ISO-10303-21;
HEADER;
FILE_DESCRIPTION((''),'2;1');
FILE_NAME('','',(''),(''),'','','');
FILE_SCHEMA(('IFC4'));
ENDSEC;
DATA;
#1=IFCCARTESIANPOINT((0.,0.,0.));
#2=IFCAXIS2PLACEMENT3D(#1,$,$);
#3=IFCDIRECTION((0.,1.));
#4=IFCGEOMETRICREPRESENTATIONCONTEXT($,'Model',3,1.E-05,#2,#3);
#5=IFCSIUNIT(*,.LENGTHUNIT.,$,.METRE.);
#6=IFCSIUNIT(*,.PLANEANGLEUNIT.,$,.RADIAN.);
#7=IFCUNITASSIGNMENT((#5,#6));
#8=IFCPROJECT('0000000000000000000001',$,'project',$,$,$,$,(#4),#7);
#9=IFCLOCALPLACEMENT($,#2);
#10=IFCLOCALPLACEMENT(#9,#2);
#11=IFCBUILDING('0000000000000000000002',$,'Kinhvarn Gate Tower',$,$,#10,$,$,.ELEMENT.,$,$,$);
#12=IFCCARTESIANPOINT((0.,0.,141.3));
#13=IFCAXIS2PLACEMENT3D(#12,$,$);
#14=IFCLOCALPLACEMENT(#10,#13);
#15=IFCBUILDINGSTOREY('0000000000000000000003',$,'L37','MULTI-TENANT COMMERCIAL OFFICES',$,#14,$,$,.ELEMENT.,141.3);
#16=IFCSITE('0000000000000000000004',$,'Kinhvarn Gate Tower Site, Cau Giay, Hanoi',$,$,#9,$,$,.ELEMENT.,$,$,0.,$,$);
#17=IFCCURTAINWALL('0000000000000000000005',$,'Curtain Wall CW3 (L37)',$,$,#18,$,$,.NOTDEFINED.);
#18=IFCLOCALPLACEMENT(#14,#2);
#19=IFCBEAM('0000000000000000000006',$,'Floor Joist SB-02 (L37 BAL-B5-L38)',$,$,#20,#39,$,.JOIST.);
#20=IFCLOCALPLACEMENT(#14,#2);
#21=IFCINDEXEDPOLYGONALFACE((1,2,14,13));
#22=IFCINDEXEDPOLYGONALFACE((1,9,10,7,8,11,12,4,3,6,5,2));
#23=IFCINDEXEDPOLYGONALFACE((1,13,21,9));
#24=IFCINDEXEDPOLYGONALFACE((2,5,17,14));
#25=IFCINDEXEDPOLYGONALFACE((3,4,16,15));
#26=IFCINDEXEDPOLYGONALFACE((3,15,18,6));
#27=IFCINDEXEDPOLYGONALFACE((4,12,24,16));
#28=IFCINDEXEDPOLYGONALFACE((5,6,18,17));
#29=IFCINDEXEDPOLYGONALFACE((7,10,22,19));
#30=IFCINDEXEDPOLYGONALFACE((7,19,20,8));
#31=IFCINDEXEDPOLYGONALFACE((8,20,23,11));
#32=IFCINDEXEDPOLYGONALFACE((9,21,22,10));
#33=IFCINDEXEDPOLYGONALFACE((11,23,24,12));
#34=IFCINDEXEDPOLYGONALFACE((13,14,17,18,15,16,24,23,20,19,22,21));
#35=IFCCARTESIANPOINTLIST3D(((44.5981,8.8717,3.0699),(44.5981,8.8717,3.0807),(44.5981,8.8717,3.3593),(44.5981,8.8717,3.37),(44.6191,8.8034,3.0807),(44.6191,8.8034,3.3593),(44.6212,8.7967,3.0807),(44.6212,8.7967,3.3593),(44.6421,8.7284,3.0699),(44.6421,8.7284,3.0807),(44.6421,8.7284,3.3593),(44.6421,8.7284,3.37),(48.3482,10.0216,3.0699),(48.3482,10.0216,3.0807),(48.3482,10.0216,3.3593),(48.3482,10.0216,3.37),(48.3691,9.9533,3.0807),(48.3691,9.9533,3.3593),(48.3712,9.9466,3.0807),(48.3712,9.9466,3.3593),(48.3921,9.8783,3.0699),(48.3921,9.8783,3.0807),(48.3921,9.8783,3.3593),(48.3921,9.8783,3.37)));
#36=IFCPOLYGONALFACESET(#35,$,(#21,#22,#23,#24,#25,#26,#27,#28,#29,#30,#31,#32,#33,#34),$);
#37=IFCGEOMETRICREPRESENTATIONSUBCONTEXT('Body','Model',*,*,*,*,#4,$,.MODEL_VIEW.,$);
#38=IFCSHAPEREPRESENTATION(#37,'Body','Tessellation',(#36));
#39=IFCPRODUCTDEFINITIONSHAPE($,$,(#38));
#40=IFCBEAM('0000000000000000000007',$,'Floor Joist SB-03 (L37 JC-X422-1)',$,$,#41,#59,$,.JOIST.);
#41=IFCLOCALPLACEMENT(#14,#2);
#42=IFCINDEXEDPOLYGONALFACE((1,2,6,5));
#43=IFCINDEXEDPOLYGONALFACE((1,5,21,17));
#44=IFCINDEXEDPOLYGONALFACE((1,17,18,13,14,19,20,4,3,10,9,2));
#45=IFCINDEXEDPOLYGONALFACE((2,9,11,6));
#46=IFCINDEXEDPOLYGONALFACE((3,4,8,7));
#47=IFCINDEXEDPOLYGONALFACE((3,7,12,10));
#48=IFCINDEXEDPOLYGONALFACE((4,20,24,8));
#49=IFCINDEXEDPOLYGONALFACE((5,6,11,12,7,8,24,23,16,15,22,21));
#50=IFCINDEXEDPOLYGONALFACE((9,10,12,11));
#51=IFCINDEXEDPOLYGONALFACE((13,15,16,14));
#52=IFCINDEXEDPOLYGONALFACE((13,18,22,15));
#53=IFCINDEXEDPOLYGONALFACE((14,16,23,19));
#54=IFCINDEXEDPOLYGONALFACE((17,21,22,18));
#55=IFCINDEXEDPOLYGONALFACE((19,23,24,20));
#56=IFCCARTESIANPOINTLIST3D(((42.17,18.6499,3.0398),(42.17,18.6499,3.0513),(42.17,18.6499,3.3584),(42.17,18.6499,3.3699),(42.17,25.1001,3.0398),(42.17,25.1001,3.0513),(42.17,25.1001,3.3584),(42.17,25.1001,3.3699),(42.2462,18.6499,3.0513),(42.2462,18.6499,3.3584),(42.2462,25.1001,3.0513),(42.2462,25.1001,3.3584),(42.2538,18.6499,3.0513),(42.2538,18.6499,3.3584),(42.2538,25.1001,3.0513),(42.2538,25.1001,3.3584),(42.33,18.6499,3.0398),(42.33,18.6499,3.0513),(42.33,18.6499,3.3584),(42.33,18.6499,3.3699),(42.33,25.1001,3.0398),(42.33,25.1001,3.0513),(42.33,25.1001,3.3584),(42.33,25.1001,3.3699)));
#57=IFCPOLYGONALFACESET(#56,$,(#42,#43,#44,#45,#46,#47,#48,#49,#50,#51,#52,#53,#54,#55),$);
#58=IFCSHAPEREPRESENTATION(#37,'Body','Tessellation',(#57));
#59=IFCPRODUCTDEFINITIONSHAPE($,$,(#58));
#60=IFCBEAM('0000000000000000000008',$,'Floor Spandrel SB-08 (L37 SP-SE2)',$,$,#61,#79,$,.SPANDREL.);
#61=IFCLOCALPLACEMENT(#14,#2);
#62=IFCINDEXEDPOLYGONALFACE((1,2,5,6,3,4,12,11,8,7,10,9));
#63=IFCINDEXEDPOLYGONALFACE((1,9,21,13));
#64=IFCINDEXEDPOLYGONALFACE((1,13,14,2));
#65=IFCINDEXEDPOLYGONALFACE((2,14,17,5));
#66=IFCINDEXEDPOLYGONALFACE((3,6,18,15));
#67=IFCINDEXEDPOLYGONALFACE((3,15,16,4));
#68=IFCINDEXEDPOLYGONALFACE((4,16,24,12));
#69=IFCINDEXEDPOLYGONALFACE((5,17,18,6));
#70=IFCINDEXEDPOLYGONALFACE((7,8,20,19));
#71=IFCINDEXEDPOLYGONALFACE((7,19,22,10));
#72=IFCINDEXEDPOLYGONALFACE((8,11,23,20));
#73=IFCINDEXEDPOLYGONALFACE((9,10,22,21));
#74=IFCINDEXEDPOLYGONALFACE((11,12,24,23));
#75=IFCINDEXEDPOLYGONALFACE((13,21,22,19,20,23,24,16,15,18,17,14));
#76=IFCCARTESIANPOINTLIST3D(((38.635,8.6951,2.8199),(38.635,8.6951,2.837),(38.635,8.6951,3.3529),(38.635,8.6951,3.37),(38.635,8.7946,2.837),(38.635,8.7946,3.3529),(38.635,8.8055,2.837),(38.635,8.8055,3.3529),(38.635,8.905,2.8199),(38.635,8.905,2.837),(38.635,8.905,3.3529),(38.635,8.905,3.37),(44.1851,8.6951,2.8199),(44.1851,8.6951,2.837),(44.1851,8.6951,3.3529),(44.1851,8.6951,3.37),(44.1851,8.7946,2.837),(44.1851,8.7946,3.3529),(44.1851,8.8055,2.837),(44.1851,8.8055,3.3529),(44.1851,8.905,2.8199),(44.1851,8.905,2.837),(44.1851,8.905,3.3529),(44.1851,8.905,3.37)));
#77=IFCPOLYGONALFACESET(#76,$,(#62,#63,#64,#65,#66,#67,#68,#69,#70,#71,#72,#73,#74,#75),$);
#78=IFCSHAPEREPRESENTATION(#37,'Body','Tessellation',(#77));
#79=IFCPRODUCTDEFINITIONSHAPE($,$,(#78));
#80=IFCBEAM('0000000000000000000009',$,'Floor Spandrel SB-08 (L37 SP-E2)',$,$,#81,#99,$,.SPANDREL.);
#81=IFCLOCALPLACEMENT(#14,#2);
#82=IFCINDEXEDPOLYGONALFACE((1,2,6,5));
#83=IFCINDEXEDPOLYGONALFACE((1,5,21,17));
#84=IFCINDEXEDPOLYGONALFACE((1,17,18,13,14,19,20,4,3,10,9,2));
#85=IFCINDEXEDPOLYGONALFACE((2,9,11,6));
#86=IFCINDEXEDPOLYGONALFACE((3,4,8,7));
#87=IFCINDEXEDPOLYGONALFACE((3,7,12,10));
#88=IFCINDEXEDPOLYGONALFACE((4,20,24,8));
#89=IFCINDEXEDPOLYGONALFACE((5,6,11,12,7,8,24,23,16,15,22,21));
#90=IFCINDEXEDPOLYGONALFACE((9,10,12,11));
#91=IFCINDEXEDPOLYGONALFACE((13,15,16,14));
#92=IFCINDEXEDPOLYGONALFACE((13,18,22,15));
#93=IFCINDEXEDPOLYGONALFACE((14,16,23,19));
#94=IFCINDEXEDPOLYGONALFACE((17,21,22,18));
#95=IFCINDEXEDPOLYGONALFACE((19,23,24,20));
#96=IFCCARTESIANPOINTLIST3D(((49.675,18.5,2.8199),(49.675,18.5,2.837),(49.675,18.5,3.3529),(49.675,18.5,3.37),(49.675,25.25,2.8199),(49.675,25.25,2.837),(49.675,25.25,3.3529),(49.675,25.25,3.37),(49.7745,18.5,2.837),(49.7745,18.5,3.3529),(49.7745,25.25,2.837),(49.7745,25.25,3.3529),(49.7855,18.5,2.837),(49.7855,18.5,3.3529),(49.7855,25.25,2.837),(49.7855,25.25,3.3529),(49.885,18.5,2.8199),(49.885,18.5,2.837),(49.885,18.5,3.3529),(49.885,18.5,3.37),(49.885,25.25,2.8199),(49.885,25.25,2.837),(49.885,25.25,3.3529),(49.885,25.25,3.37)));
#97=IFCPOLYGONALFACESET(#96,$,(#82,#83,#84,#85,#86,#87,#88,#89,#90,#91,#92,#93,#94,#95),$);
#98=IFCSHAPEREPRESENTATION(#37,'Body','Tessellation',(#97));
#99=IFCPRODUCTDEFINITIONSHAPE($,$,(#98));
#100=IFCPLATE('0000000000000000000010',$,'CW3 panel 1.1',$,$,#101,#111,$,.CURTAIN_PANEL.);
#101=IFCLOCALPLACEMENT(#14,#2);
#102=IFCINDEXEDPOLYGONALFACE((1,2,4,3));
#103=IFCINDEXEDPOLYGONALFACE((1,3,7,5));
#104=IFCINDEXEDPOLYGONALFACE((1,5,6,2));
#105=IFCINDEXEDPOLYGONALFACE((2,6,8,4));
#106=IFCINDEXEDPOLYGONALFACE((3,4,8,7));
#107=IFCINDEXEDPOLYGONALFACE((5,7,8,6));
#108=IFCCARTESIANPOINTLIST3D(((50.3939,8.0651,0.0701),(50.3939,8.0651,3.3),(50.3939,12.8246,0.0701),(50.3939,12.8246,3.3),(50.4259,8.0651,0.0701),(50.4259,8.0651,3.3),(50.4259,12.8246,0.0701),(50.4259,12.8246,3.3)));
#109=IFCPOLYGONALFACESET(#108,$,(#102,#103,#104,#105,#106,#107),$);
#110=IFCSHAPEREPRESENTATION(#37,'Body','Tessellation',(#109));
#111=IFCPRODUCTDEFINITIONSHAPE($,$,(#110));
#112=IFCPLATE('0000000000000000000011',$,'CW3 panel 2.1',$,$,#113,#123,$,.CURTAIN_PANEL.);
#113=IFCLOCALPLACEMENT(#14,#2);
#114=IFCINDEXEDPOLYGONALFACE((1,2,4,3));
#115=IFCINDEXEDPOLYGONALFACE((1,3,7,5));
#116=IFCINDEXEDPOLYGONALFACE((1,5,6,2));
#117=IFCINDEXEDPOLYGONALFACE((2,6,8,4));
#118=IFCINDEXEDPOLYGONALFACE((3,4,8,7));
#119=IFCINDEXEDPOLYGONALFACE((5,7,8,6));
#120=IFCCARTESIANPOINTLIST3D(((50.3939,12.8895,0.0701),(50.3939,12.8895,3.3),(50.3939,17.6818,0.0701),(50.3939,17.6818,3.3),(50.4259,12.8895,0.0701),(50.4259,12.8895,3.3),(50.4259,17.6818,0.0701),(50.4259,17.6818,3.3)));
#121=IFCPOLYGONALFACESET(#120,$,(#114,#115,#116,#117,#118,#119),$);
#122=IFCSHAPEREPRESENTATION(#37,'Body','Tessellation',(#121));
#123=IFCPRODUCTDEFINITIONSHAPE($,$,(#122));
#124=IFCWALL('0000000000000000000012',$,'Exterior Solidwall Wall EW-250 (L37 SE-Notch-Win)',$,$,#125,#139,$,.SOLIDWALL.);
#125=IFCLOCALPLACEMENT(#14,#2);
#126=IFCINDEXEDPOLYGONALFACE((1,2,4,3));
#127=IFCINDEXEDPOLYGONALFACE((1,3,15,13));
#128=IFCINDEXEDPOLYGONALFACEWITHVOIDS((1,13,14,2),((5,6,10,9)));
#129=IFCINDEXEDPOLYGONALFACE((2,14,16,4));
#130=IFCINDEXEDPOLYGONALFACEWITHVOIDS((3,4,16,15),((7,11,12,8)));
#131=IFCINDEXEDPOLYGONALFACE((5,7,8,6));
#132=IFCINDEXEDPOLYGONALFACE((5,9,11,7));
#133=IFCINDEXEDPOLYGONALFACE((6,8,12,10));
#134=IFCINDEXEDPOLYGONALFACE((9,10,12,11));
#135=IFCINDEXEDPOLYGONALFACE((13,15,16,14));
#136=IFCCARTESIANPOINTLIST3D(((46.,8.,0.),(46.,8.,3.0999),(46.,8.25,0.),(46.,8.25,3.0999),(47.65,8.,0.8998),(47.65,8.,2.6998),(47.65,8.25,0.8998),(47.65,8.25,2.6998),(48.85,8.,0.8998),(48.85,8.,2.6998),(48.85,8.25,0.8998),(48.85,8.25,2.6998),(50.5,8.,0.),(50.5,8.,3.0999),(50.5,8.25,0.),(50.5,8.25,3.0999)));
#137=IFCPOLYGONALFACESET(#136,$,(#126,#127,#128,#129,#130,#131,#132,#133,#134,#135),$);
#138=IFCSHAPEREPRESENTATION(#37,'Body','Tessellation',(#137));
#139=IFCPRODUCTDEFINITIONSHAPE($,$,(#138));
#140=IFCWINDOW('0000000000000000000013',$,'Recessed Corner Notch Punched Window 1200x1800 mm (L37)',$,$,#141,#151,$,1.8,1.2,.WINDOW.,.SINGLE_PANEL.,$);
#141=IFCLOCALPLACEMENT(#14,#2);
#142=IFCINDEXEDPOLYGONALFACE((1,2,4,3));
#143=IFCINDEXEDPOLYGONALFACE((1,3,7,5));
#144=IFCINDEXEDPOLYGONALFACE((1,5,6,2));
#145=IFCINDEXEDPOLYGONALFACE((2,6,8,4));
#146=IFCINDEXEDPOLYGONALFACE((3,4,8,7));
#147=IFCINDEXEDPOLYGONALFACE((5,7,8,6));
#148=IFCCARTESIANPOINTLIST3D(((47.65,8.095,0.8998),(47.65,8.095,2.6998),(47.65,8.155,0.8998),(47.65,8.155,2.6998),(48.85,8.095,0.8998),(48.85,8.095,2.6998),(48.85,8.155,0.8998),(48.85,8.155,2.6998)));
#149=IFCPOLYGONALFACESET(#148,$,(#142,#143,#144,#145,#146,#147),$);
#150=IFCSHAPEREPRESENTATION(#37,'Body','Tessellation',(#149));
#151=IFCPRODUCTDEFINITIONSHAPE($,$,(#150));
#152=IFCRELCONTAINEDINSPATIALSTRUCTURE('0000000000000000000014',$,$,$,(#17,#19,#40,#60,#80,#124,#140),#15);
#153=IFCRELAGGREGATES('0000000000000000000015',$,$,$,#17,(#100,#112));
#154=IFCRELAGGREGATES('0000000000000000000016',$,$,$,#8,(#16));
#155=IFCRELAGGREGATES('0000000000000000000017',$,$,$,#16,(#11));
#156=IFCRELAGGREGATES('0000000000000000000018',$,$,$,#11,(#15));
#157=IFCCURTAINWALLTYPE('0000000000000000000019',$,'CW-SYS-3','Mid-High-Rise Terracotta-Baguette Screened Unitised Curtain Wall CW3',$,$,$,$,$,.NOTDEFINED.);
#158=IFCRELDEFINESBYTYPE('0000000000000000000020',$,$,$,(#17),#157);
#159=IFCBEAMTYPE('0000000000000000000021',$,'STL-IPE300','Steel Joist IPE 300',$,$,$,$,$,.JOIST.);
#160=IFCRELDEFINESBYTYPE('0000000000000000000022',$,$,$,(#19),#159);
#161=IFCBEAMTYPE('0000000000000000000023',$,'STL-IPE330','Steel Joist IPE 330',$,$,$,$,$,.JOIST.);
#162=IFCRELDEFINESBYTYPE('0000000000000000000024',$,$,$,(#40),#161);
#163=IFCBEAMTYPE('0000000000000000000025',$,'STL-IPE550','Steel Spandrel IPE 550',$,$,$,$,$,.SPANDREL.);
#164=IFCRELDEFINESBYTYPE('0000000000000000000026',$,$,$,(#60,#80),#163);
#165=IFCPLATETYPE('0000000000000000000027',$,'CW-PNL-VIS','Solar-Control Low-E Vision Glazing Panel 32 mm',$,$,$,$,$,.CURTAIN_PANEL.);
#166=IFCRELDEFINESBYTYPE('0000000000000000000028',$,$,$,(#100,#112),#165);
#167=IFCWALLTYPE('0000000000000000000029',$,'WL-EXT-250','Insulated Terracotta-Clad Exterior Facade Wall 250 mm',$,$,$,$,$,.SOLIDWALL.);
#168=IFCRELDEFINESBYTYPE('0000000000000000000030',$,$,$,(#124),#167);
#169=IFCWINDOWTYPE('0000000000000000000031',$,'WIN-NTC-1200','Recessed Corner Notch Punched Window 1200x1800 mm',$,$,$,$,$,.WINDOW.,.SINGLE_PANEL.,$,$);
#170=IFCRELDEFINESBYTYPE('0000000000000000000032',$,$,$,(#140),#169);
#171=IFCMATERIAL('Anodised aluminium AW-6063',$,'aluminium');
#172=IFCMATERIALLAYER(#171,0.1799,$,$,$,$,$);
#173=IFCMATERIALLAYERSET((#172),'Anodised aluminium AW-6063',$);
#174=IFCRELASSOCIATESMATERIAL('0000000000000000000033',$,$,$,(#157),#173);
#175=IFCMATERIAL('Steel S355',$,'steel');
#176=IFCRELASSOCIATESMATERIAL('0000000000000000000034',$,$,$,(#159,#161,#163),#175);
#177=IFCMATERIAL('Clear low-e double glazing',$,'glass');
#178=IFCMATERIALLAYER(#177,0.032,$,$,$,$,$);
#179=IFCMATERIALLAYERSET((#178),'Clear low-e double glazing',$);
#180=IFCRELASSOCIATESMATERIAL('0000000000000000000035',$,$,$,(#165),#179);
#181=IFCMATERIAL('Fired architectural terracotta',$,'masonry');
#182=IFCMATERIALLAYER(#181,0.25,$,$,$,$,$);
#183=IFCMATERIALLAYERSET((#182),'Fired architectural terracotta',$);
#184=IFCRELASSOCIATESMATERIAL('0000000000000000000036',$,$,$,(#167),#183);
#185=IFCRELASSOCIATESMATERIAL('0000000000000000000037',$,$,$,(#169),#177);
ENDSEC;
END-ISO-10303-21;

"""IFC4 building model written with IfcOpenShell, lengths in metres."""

from ifc_helpers import new_model, si_unit, direction, frame, frame_2d, origin, origin_2d, place, context, subcontext, project, spatial, rectangle, i_section, extrude, material, layer, layer_set, material_profile, profile_set, type_object, element, fill, aggregate, save


model = new_model("IFC4")

# Units and contexts
model_context = context("Model", 3, precision=1e-05, world=origin(), true_north=direction((0.0, 1.0)))
body_context = subcontext(model_context, "Body", "Model", "MODEL_VIEW")
ifc_project = project(units=[si_unit("LENGTHUNIT", "METRE"), si_unit("PLANEANGLEUNIT", "RADIAN")], contexts=[model_context])

# Site, building, storey
site_placement = place(None, origin())
site = spatial("IfcSite", under=ifc_project, at=site_placement, Name="Kinhvarn Gate Tower Site, Cau Giay, Hanoi", CompositionType="ELEMENT", RefElevation=0.0)
building_placement = place(site_placement, origin())
building = spatial("IfcBuilding", under=site, at=building_placement, Name="Kinhvarn Gate Tower", CompositionType="ELEMENT")
storey_placement = place(building_placement, frame((0.0, 0.0, 141.3)))
storey = spatial("IfcBuildingStorey", under=building, at=storey_placement, Name="L37", Description="MULTI-TENANT COMMERCIAL OFFICES", CompositionType="ELEMENT", Elevation=141.3)

# Curtain wall
ifc_material_1 = material(Name="Anodised aluminium AW-6063", Category="aluminium")
ifc_layer_1 = layer(ifc_material_1, 0.1799)
ifc_layer_set_1 = layer_set([ifc_layer_1], Name="Anodised aluminium AW-6063")
curtain_wall_type = type_object("IfcCurtainWallType", Name="CW-SYS-3", Description="Mid-High-Rise Terracotta-Baguette Screened Unitised Curtain Wall CW3", PredefinedType="NOTDEFINED", material=ifc_layer_set_1)
curtain_wall_placement = place(storey_placement, origin())
curtain_wall = element("IfcCurtainWall", 1, at=curtain_wall_placement, inside=storey, type_object=curtain_wall_type, Name="Curtain Wall CW3 (L37)", PredefinedType="NOTDEFINED")

# Beams
ifc_material_2 = material(Name="Steel S355", Category="steel")
ifc_material_profile_1 = material_profile(ifc_material_2, i_section(OverallWidth=0.1499, OverallDepth=0.3, WebThickness=0.0071, FlangeThickness=0.0107, at=origin_2d()), Name="IPE 300")
ifc_profile_set_1 = profile_set([ifc_material_profile_1], Name="Steel S355")
beam_type_1 = type_object("IfcBeamType", Name="STL-IPE300", Description="Steel Joist IPE 300", PredefinedType="JOIST", material=ifc_profile_set_1)
beam_1_placement = place(storey_placement, frame((44.6201, 8.8, 3.22), z_axis=(0.956061, 0.293167, 0.0), x_axis=(-0.293167, 0.956061, 0.0)))
element("IfcBeam", 2, at=beam_1_placement, inside=storey, type_object=beam_type_1, Name="Floor Joist SB-02 (L37 BAL-B5-L38)", PredefinedType="JOIST", context=body_context, shape_type="SweptSolid", body=[
    extrude(i_section(OverallWidth=0.1499, OverallDepth=0.3, WebThickness=0.0071, FlangeThickness=0.0107, at=origin_2d()), origin(), (0.0, 0.0, 1.0), 3.9224),
])
ifc_material_profile_2 = material_profile(ifc_material_2, i_section(OverallWidth=0.1599, OverallDepth=0.3301, WebThickness=0.0076, FlangeThickness=0.0115, at=origin_2d()), Name="IPE 330")
ifc_profile_set_2 = profile_set([ifc_material_profile_2], Name="Steel S355")
beam_type_2 = type_object("IfcBeamType", Name="STL-IPE330", Description="Steel Joist IPE 330", PredefinedType="JOIST", material=ifc_profile_set_2)
beam_2_placement = place(storey_placement, frame((42.25, 18.6499, 3.2048), z_axis=(0.0, 1.0, 0.0), x_axis=(-1.0, 0.0, 0.0)))
element("IfcBeam", 3, at=beam_2_placement, inside=storey, type_object=beam_type_2, Name="Floor Joist SB-03 (L37 JC-X422-1)", PredefinedType="JOIST", context=body_context, shape_type="SweptSolid", body=[
    extrude(i_section(OverallWidth=0.1599, OverallDepth=0.3301, WebThickness=0.0076, FlangeThickness=0.0115, at=origin_2d()), origin(), (0.0, 0.0, 1.0), 6.4502),
])
ifc_material_profile_3 = material_profile(ifc_material_2, i_section(OverallWidth=0.21, OverallDepth=0.55, WebThickness=0.011, FlangeThickness=0.0171, at=origin_2d()), Name="IPE 550")
ifc_profile_set_3 = profile_set([ifc_material_profile_3], Name="Steel S355")
beam_type_3 = type_object("IfcBeamType", Name="STL-IPE550", Description="Steel Spandrel IPE 550", PredefinedType="SPANDREL", material=ifc_profile_set_3)
beam_3_placement = place(storey_placement, frame((38.635, 8.8, 3.095), z_axis=(1.0, 0.0, 0.0), x_axis=(0.0, 1.0, 0.0)))
element("IfcBeam", 4, at=beam_3_placement, inside=storey, type_object=beam_type_3, Name="Floor Spandrel SB-08 (L37 SP-SE2)", PredefinedType="SPANDREL", context=body_context, shape_type="SweptSolid", body=[
    extrude(i_section(OverallWidth=0.21, OverallDepth=0.55, WebThickness=0.011, FlangeThickness=0.0171, at=origin_2d()), origin(), (0.0, 0.0, 1.0), 5.55),
])
beam_4_placement = place(storey_placement, frame((49.78, 18.5, 3.095), z_axis=(0.0, 1.0, 0.0), x_axis=(-1.0, 0.0, 0.0)))
element("IfcBeam", 5, at=beam_4_placement, inside=storey, type_object=beam_type_3, Name="Floor Spandrel SB-08 (L37 SP-E2)", PredefinedType="SPANDREL", context=body_context, shape_type="SweptSolid", body=[
    extrude(i_section(OverallWidth=0.21, OverallDepth=0.55, WebThickness=0.011, FlangeThickness=0.0171, at=origin_2d()), origin(), (0.0, 0.0, 1.0), 6.75),
])

# Plates
ifc_material_3 = material(Name="Clear low-e double glazing", Category="glass")
ifc_layer_2 = layer(ifc_material_3, 0.032)
ifc_layer_set_2 = layer_set([ifc_layer_2], Name="Clear low-e double glazing")
plate_type = type_object("IfcPlateType", Name="CW-PNL-VIS", Description="Solar-Control Low-E Vision Glazing Panel 32 mm", PredefinedType="CURTAIN_PANEL", material=ifc_layer_set_2)
plate_1_placement = place(storey_placement, frame((50.4099, 10.4448, 0.0701), z_axis=(0.0, 0.0, 1.0), x_axis=(0.0, 1.0, 0.0)))
plate_1 = element("IfcPlate", 6, at=plate_1_placement, type_object=plate_type, Name="CW3 panel 1.1", PredefinedType="CURTAIN_PANEL", context=body_context, shape_type="SweptSolid", body=[
    extrude(rectangle(XDim=4.7595, YDim=0.032, at=origin_2d()), origin(), (0.0, 0.0, 1.0), 3.23),
])
plate_2_placement = place(storey_placement, frame((50.4099, 15.2856, 0.0701), z_axis=(0.0, 0.0, 1.0), x_axis=(0.0, 1.0, 0.0)))
plate_2 = element("IfcPlate", 7, at=plate_2_placement, type_object=plate_type, Name="CW3 panel 2.1", PredefinedType="CURTAIN_PANEL", context=body_context, shape_type="SweptSolid", body=[
    extrude(rectangle(XDim=4.7922, YDim=0.032, at=origin_2d()), origin(), (0.0, 0.0, 1.0), 3.23),
])
aggregate(curtain_wall, [plate_1, plate_2])

# Wall, opening, window
ifc_material_4 = material(Name="Fired architectural terracotta", Category="masonry")
ifc_layer_3 = layer(ifc_material_4, 0.25)
ifc_layer_set_3 = layer_set([ifc_layer_3], Name="Fired architectural terracotta")
wall_type = type_object("IfcWallType", Name="WL-EXT-250", Description="Insulated Terracotta-Clad Exterior Facade Wall 250 mm", PredefinedType="SOLIDWALL", material=ifc_layer_set_3)
wall_placement = place(storey_placement, frame((46.0, 8.125, 0.0), z_axis=(0.0, 0.0, 1.0), x_axis=(1.0, 0.0, 0.0)))
wall = element("IfcWall", 8, at=wall_placement, inside=storey, type_object=wall_type, Name="Exterior Solidwall Wall EW-250 (L37 SE-Notch-Win)", PredefinedType="SOLIDWALL", context=body_context, shape_type="SweptSolid", body=[
    extrude(rectangle(XDim=4.5, YDim=0.25, at=frame_2d((2.25, 0.0))), origin(), (0.0, 0.0, 1.0), 3.0999),
])
opening_placement = place(wall_placement, frame((1.6499, 0.0, 0.8999)))
opening = element("IfcOpeningElement", 9, at=opening_placement, cuts=wall, PredefinedType="OPENING", context=body_context, shape_type="SweptSolid", body=[
    extrude(rectangle(XDim=1.2, YDim=1.8, at=frame_2d((0.6001, 0.8999))), frame((0.0, 0.135, 0.0), z_axis=(0.0, -1.0, 0.0), x_axis=(1.0, 0.0, 0.0)), (0.0, 0.0, 1.0), 0.27),
])
window_type = type_object("IfcWindowType", Name="WIN-NTC-1200", Description="Recessed Corner Notch Punched Window 1200x1800 mm", PartitioningType="SINGLE_PANEL", PredefinedType="WINDOW", material=ifc_material_3)
window_placement = place(opening_placement, origin())
window = element("IfcWindow", 10, at=window_placement, inside=storey, type_object=window_type, Name="Recessed Corner Notch Punched Window 1200x1800 mm (L37)", OverallHeight=1.8, OverallWidth=1.2, PartitioningType="SINGLE_PANEL", PredefinedType="WINDOW", context=body_context, shape_type="SweptSolid", body=[
    extrude(rectangle(XDim=1.2, YDim=1.8, at=frame_2d((0.6001, 0.8999))), frame((0.0, 0.03, 0.0), z_axis=(0.0, -1.0, 0.0), x_axis=(1.0, 0.0, 0.0)), (0.0, 0.0, 1.0), 0.0601),
])
fill(opening, window)

save(model, "model.ifc")
